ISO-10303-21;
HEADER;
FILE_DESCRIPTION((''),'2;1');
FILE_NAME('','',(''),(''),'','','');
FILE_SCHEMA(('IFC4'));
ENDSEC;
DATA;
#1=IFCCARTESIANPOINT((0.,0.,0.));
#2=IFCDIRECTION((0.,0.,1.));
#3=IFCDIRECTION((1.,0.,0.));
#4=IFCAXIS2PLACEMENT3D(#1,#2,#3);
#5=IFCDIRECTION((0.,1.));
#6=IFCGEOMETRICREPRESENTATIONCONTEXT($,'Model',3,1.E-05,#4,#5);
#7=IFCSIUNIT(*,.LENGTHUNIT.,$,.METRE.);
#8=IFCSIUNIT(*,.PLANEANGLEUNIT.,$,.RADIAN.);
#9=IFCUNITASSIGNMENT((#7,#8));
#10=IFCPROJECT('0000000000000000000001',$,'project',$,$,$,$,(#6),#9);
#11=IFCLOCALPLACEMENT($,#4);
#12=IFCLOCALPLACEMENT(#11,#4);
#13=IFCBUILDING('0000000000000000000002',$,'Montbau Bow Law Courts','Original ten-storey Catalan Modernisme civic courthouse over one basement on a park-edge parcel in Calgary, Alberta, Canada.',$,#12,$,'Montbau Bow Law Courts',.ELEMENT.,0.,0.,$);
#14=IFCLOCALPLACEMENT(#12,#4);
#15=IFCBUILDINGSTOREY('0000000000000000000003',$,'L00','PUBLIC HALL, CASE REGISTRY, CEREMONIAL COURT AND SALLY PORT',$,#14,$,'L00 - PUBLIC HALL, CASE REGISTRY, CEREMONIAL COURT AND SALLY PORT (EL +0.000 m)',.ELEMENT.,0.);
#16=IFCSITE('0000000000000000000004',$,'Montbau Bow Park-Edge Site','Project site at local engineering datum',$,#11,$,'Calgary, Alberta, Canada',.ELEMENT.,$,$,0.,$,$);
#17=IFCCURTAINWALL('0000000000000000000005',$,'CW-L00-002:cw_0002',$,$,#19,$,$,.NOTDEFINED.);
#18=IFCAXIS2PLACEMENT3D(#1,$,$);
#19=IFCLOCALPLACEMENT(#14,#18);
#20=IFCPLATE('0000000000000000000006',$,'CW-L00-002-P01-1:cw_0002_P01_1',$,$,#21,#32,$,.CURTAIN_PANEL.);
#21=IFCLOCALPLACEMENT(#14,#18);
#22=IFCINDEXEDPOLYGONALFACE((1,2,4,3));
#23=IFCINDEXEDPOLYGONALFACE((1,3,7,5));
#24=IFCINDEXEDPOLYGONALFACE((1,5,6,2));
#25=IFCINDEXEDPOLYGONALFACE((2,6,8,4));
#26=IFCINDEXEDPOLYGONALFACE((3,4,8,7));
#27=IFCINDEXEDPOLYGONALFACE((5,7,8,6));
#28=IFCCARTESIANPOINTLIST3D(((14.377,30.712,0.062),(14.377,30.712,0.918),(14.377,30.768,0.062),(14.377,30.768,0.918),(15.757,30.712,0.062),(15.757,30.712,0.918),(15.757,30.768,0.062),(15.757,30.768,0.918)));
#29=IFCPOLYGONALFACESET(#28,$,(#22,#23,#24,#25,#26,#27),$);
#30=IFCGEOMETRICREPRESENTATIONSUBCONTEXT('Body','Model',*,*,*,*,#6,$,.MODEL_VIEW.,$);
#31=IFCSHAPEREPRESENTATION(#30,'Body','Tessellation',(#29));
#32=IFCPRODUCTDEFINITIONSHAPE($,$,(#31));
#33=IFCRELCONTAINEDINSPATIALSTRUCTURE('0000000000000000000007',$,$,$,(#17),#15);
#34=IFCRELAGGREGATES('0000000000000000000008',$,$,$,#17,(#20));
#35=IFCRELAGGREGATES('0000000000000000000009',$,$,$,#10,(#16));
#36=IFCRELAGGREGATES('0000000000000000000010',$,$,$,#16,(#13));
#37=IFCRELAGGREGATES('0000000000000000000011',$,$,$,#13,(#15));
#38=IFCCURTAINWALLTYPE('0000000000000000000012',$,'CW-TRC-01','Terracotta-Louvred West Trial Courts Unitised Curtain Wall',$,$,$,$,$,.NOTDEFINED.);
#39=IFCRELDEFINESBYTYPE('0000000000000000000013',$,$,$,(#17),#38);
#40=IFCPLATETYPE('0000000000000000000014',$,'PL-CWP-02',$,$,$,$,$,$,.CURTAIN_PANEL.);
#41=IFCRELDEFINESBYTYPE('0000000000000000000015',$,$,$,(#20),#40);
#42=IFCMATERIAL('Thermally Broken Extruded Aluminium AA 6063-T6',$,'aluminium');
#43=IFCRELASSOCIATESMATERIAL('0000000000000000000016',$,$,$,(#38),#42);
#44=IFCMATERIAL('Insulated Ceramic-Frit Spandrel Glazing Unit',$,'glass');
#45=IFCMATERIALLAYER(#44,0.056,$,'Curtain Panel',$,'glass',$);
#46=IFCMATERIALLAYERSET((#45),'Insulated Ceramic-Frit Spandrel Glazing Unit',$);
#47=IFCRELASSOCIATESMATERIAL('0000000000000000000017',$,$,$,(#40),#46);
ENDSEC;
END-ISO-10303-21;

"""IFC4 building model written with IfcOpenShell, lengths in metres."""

from ifc_helpers import new_model, si_unit, direction, frame, frame_2d, origin_with_axes, place, context, subcontext, project, spatial, rectangle, extrude, material, layer, layer_set, type_object, element, aggregate, save


model = new_model("IFC4")

# Units and contexts
model_context = context("Model", 3, precision=1e-05, world=origin_with_axes(), true_north=direction((0.0, 1.0)))
body_context = subcontext(model_context, "Body", "Model", "MODEL_VIEW")
ifc_project = project(units=[si_unit("LENGTHUNIT", "METRE"), si_unit("PLANEANGLEUNIT", "RADIAN")], contexts=[model_context])

# Site, building, storey
site_placement = place(None, origin_with_axes())
site = spatial("IfcSite", under=ifc_project, at=site_placement, Name="Montbau Bow Park-Edge Site", Description="Project site at local engineering datum", LongName="Calgary, Alberta, Canada", CompositionType="ELEMENT", RefElevation=0.0)
building_placement = place(site_placement, origin_with_axes())
building = spatial("IfcBuilding", under=site, at=building_placement, Name="Montbau Bow Law Courts", Description="Original ten-storey Catalan Modernisme civic courthouse over one basement on a park-edge parcel in Calgary, Alberta, Canada.", LongName="Montbau Bow Law Courts", CompositionType="ELEMENT", ElevationOfRefHeight=0.0, ElevationOfTerrain=0.0)
storey_placement = place(building_placement, origin_with_axes())
storey = spatial("IfcBuildingStorey", under=building, at=storey_placement, Name="L00", Description="PUBLIC HALL, CASE REGISTRY, CEREMONIAL COURT AND SALLY PORT", LongName="L00 - PUBLIC HALL, CASE REGISTRY, CEREMONIAL COURT AND SALLY PORT (EL +0.000 m)", CompositionType="ELEMENT", Elevation=0.0)

# Curtain wall
ifc_material_1 = material(Name="Thermally Broken Extruded Aluminium AA 6063-T6", Category="aluminium")
curtain_wall_type = type_object("IfcCurtainWallType", Name="CW-TRC-01", Description="Terracotta-Louvred West Trial Courts Unitised Curtain Wall", PredefinedType="NOTDEFINED", material=ifc_material_1)
curtain_wall_1_placement = place(None, frame((14.315, 30.74, 0.0), z_axis=(0.0, 0.0, 1.0), x_axis=(1.0, 0.0, 0.0)))
curtain_wall_1 = element("IfcCurtainWall", 1, at=curtain_wall_1_placement, inside=storey, type_object=curtain_wall_type, Name="CW-L00-002:cw_0002", PredefinedType="NOTDEFINED")

# Plate
ifc_material_2 = material(Name="Insulated Ceramic-Frit Spandrel Glazing Unit", Category="glass")
ifc_layer_1 = layer(ifc_material_2, 0.056, Name="Curtain Panel", Category="glass")
ifc_layer_set_1 = layer_set([ifc_layer_1], Name="Insulated Ceramic-Frit Spandrel Glazing Unit")
plate_type_1 = type_object("IfcPlateType", Name="PL-CWP-02", PredefinedType="CURTAIN_PANEL", material=ifc_layer_set_1)
plate_1_placement = place(None, frame((14.377, 30.74, 0.062), z_axis=(0.0, -1.0, 0.0), x_axis=(1.0, 0.0, 0.0)))
plate_1 = element("IfcPlate", 2, at=plate_1_placement, type_object=plate_type_1, Name="CW-L00-002-P01-1:cw_0002_P01_1", PredefinedType="CURTAIN_PANEL", context=body_context, shape_type="SweptSolid", body=[
    extrude(rectangle(XDim=1.38, YDim=0.856, at=frame_2d((0.69, 0.428), x_axis=(1.0, 0.0))), frame((0.0, 0.0, -0.028), z_axis=(0.0, 0.0, 1.0), x_axis=(1.0, 0.0, 0.0)), (0.0, 0.0, 1.0), 0.056),
])
aggregate(curtain_wall_1, [plate_1])

save(model, "model.ifc")
